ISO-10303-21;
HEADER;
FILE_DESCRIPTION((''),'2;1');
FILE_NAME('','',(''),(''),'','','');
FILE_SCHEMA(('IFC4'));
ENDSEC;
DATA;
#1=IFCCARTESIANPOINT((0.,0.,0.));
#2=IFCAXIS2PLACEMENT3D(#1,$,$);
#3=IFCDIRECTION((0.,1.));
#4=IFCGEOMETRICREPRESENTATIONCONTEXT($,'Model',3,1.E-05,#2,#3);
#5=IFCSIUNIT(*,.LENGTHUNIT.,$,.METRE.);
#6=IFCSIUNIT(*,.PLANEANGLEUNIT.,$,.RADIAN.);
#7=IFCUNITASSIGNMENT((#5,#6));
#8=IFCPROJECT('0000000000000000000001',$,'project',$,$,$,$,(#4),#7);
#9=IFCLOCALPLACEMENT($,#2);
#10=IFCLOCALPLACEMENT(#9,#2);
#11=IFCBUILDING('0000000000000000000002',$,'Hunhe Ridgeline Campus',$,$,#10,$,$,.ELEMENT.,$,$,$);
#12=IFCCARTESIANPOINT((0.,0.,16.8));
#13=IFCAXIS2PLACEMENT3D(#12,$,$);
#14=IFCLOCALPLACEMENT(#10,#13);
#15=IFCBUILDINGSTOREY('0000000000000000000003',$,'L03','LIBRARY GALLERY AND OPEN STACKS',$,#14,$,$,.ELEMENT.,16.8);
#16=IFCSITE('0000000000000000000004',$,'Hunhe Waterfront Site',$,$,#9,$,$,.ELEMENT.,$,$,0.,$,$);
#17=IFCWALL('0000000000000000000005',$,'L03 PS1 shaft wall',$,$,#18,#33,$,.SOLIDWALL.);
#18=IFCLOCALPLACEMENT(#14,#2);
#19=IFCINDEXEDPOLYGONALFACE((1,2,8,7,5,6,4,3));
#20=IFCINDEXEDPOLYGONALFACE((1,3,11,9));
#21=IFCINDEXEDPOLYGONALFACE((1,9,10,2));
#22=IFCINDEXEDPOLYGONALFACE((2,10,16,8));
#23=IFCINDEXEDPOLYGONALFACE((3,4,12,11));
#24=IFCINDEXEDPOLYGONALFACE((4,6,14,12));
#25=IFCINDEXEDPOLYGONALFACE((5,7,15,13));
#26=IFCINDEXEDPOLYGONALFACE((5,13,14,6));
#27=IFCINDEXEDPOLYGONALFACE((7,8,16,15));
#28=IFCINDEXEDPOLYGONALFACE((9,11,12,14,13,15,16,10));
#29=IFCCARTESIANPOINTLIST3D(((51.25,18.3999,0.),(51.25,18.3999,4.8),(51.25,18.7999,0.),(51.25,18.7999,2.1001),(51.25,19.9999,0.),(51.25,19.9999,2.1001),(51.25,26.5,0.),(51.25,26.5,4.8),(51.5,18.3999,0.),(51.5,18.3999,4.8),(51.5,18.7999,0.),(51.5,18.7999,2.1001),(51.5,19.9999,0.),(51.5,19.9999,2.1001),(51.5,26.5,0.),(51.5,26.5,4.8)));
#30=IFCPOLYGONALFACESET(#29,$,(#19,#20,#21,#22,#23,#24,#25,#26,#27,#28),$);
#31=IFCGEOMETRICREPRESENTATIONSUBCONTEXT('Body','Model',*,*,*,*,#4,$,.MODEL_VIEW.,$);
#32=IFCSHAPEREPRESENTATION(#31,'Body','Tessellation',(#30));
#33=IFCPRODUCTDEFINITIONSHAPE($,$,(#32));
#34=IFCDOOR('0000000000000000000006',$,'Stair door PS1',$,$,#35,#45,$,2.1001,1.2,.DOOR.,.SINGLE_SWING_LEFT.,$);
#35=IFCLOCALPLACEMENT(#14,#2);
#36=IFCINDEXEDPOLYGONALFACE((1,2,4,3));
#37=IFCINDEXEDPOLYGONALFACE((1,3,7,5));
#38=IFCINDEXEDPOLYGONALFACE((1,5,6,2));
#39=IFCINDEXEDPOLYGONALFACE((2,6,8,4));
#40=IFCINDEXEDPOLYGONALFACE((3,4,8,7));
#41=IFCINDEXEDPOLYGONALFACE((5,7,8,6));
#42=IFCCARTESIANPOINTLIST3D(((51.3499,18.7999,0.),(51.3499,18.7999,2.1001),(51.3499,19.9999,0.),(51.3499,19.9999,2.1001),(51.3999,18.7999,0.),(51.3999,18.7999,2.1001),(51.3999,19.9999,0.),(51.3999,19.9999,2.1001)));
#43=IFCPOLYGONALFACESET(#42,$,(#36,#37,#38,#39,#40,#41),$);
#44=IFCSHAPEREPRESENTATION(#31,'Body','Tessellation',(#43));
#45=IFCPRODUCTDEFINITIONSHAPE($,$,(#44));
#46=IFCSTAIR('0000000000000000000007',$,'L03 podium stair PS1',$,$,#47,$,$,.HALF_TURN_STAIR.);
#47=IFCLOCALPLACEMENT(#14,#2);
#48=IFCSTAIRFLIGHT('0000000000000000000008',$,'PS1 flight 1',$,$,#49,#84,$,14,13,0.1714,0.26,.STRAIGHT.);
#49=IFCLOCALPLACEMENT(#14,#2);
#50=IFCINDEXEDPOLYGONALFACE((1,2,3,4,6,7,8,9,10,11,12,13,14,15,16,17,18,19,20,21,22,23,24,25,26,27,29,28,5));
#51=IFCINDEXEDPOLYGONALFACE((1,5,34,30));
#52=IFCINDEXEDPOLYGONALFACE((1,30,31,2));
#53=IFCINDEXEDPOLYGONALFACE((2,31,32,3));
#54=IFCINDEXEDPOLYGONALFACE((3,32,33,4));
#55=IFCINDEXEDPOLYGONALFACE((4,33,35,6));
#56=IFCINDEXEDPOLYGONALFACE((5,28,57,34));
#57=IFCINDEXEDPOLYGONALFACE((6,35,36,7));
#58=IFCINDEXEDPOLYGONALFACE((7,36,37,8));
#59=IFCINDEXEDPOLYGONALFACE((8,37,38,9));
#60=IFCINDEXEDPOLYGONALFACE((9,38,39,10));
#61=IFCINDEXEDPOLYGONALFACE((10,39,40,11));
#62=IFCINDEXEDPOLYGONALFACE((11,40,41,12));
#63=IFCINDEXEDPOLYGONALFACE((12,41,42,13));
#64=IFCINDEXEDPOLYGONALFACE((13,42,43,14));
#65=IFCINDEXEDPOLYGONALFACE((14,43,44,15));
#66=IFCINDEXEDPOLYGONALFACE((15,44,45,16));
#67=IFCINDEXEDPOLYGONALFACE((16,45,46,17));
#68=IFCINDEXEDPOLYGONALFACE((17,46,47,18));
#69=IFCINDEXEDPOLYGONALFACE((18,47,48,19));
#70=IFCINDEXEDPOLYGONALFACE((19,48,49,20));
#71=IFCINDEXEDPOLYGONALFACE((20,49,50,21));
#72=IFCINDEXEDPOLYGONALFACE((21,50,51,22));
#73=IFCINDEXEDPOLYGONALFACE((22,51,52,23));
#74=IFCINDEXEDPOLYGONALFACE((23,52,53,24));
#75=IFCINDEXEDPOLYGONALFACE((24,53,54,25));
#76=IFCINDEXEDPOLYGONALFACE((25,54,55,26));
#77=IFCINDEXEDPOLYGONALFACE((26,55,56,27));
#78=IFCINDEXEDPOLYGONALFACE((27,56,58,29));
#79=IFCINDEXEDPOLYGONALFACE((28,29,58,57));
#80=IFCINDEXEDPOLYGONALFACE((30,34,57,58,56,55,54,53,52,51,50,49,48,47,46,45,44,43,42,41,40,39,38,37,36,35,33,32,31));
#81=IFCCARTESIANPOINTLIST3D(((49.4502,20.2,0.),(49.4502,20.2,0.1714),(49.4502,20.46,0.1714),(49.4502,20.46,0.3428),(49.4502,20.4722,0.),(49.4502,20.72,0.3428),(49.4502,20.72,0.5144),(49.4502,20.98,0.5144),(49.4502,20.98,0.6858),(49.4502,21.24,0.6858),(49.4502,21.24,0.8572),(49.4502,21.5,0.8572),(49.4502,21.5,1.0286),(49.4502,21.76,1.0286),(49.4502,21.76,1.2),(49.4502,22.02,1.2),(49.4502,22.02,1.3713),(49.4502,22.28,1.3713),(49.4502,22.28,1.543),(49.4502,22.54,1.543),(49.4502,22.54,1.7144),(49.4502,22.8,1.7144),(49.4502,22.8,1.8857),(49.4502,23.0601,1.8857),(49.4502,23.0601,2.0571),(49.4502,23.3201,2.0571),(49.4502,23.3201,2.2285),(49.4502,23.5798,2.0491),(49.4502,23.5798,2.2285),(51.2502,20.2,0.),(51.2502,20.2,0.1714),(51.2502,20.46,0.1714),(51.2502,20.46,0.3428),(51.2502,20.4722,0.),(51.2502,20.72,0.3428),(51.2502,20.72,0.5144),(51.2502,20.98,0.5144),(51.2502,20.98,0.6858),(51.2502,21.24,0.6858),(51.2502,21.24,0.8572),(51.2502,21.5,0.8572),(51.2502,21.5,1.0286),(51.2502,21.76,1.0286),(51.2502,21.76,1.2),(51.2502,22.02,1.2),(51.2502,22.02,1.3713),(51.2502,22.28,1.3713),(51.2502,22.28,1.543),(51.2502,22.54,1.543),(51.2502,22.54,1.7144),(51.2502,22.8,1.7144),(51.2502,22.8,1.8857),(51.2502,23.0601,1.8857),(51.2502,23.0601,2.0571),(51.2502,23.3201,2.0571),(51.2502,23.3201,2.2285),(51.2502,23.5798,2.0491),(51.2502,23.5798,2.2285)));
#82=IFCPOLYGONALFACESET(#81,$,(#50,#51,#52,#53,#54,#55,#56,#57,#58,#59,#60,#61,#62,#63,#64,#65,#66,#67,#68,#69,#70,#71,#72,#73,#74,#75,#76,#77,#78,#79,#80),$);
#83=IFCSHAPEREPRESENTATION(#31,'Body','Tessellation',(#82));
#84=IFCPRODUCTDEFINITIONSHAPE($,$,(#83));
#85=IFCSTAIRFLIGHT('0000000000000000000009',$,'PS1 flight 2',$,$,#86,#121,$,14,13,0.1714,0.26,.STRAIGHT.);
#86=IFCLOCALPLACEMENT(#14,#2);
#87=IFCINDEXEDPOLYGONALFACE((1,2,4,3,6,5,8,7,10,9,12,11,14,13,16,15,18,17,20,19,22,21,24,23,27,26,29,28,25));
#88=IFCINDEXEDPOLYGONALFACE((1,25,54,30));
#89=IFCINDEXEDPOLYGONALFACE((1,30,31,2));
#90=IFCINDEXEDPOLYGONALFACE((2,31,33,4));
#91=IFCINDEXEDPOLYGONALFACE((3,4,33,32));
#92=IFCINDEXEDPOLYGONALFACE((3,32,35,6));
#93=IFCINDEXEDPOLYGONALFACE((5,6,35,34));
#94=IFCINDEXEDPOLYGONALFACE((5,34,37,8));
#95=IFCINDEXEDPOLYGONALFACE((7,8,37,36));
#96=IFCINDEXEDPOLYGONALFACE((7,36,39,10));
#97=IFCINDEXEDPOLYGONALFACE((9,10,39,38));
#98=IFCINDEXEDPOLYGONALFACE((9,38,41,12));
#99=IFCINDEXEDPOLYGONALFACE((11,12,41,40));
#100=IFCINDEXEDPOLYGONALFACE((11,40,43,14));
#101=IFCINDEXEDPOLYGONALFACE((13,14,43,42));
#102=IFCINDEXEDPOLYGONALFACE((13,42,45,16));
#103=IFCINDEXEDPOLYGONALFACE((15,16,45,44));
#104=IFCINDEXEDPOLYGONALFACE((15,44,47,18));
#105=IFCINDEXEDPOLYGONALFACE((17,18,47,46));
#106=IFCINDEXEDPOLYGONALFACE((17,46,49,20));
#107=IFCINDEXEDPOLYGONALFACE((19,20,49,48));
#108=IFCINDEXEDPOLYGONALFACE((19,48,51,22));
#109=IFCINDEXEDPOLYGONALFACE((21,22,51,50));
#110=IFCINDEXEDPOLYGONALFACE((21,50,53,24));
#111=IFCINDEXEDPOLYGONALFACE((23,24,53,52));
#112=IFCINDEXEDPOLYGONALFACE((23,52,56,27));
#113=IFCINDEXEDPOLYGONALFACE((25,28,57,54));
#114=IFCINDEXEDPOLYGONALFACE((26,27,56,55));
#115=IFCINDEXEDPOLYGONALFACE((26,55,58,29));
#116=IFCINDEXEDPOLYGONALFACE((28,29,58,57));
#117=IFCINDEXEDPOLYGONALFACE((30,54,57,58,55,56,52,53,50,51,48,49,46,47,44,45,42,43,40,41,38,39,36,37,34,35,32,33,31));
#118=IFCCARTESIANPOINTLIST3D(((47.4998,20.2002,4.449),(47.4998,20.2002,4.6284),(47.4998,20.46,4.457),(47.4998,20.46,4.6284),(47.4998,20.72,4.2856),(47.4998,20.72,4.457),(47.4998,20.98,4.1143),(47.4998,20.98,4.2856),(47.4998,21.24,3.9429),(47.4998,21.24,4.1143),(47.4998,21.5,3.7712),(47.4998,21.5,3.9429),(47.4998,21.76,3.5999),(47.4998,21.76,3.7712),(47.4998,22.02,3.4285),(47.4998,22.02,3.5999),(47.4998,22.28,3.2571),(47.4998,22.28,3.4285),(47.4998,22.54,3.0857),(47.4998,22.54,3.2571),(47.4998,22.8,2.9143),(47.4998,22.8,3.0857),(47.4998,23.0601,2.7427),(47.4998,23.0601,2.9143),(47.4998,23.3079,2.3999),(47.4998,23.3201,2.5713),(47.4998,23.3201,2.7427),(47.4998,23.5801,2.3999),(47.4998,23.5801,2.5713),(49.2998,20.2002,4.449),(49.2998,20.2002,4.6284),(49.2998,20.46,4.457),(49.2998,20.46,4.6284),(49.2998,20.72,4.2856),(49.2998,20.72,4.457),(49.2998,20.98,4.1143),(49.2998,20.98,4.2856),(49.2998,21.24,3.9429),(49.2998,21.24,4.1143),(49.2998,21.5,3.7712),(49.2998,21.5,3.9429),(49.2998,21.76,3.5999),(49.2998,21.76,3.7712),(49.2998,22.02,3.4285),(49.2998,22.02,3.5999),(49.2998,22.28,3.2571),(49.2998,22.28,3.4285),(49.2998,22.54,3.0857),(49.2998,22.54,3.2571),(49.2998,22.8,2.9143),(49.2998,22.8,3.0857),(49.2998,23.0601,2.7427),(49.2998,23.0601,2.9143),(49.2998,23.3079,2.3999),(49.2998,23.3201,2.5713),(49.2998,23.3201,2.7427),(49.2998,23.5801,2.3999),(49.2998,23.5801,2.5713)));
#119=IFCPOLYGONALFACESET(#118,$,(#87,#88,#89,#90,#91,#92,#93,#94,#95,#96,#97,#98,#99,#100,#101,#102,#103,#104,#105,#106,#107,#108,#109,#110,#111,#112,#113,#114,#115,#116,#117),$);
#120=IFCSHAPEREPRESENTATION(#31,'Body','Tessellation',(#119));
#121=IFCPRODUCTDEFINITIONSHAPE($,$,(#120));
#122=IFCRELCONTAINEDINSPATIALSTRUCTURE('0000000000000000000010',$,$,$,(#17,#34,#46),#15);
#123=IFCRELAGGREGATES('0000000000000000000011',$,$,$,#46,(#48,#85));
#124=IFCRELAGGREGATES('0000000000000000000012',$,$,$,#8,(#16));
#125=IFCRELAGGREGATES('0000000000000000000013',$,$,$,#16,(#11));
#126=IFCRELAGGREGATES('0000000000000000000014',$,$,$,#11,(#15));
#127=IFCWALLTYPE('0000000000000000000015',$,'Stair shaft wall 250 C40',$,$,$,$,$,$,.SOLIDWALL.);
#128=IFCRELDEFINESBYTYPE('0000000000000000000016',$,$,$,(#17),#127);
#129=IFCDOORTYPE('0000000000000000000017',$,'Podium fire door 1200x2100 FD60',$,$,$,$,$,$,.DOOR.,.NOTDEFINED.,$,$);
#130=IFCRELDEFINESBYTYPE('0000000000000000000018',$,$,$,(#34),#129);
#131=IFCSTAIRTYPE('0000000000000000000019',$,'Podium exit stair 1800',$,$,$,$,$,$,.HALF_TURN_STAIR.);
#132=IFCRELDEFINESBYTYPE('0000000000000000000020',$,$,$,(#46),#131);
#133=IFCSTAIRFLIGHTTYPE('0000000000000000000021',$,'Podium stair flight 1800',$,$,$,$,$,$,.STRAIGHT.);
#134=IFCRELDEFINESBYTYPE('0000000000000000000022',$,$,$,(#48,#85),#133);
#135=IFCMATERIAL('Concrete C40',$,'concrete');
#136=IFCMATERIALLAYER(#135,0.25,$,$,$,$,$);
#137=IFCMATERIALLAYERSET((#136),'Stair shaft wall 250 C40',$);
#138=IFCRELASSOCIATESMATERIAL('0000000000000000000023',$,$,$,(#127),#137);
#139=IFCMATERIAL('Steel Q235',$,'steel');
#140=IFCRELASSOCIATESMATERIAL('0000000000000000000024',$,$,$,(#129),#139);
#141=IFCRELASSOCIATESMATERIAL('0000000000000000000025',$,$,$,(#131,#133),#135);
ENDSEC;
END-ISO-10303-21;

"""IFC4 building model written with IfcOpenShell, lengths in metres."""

from ifc_helpers import new_model, si_unit, direction, frame, frame_2d, origin, place, context, subcontext, project, spatial, polyline, rectangle, outline, extrude, material, layer, layer_set, type_object, element, fill, aggregate, save


model = new_model("IFC4")

# Units and contexts
model_context = context("Model", 3, precision=1e-05, world=origin(), true_north=direction((0.0, 1.0)))
body_context = subcontext(model_context, "Body", "Model", "MODEL_VIEW")
ifc_project = project(units=[si_unit("LENGTHUNIT", "METRE"), si_unit("PLANEANGLEUNIT", "RADIAN")], contexts=[model_context])

# Site, building, storey
site_placement = place(None, origin())
site = spatial("IfcSite", under=ifc_project, at=site_placement, Name="Hunhe Waterfront Site", CompositionType="ELEMENT", RefElevation=0.0)
building_placement = place(site_placement, origin())
building = spatial("IfcBuilding", under=site, at=building_placement, Name="Hunhe Ridgeline Campus", CompositionType="ELEMENT")
storey_placement = place(building_placement, frame((0.0, 0.0, 16.8)))
storey = spatial("IfcBuildingStorey", under=building, at=storey_placement, Name="L03", Description="LIBRARY GALLERY AND OPEN STACKS", CompositionType="ELEMENT", Elevation=16.8)

# Shared definitions
ifc_material_1 = material(Name="Concrete C40", Category="concrete")
ifc_layer_1 = layer(ifc_material_1, 0.25)
ifc_layer_set_1 = layer_set([ifc_layer_1], Name="Stair shaft wall 250 C40")
wall_type_1 = type_object("IfcWallType", Name="Stair shaft wall 250 C40", PredefinedType="SOLIDWALL", material=ifc_layer_set_1)

# Wall, opening, door
wall_1_placement = place(storey_placement, frame((51.375, 26.5, 0.0), z_axis=(0.0, 0.0, 1.0), x_axis=(0.0, -1.0, 0.0)))
wall_1 = element("IfcWall", 1, at=wall_1_placement, inside=storey, type_object=wall_type_1, Name="L03 PS1 shaft wall", PredefinedType="SOLIDWALL", context=body_context, shape_type="SweptSolid", body=[
    extrude(rectangle(XDim=8.1001, YDim=0.25, at=frame_2d((4.05, 0.0))), origin(), (0.0, 0.0, 1.0), 4.8),
])
opening_1_placement = place(wall_1_placement, frame((6.5, 0.0, 0.0)))
opening_1 = element("IfcOpeningElement", 2, at=opening_1_placement, cuts=wall_1, PredefinedType="OPENING", context=body_context, shape_type="SweptSolid", body=[
    extrude(rectangle(XDim=1.2, YDim=2.1001, at=frame_2d((0.6001, 1.05))), frame((0.0, 0.125, 0.0), z_axis=(0.0, -1.0, 0.0), x_axis=(1.0, 0.0, 0.0)), (0.0, 0.0, 1.0), 0.25),
])
ifc_material_2 = material(Name="Steel Q235", Category="steel")
door_type_1 = type_object("IfcDoorType", Name="Podium fire door 1200x2100 FD60", OperationType="NOTDEFINED", PredefinedType="DOOR", material=ifc_material_2)
door_1_placement = place(opening_1_placement, origin())
door_1 = element("IfcDoor", 3, at=door_1_placement, inside=storey, type_object=door_type_1, Name="Stair door PS1", OperationType="SINGLE_SWING_LEFT", OverallHeight=2.1001, OverallWidth=1.2, PredefinedType="DOOR", context=body_context, shape_type="SweptSolid", body=[
    extrude(rectangle(XDim=1.2, YDim=2.1001, at=frame_2d((0.6001, 1.05))), frame((0.0, 0.0249, 0.0), z_axis=(0.0, -1.0, 0.0), x_axis=(1.0, 0.0, 0.0)), (0.0, 0.0, 1.0), 0.05),
])
fill(opening_1, door_1)

# Stair, stair flights
stair_type = type_object("IfcStairType", Name="Podium exit stair 1800", PredefinedType="HALF_TURN_STAIR", material=ifc_material_1)
stair_placement = place(storey_placement, origin())
stair = element("IfcStair", 4, at=stair_placement, inside=storey, type_object=stair_type, Name="L03 podium stair PS1", PredefinedType="HALF_TURN_STAIR")
stair_flight_type = type_object("IfcStairFlightType", Name="Podium stair flight 1800", PredefinedType="STRAIGHT", material=ifc_material_1)
stair_flight_1_placement = place(storey_placement, frame((50.3501, 20.2, 0.0), z_axis=(0.0, 0.0, 1.0), x_axis=(0.0, 1.0, 0.0)))
stair_flight_1 = element("IfcStairFlight", 5, at=stair_flight_1_placement, type_object=stair_flight_type, Name="PS1 flight 1", NumberOfRisers=14, NumberOfTreads=13, PredefinedType="STRAIGHT", RiserHeight=0.1714, TreadLength=0.26, context=body_context, shape_type="SweptSolid", body=[
    extrude(outline(polyline([(0.0, 0.0), (0.0, 0.1714), (0.26, 0.1714), (0.26, 0.3428), (0.52, 0.3428), (0.52, 0.5144), (0.78, 0.5144), (0.78, 0.6858), (1.04, 0.6858), (1.04, 0.8572), (1.3, 0.8572), (1.3, 1.0286), (1.5601, 1.0286), (1.5601, 1.2), (1.8201, 1.2), (1.8201, 1.3713), (2.0801, 1.3713), (2.0801, 1.543), (2.3401, 1.543), (2.3401, 1.7144), (2.6001, 1.7144), (2.6001, 1.8857), (2.8601, 1.8857), (2.8601, 2.0571), (3.1201, 2.0571), (3.1201, 2.2285), (3.3799, 2.2285), (3.3799, 2.3999), (3.3799, 2.0491), (0.2722, 0.0), (0.0, 0.0)])), frame((0.0, 0.8999, 0.0), z_axis=(0.0, -1.0, 0.0), x_axis=(1.0, 0.0, 0.0)), (0.0, 0.0, 1.0), 1.8),
])
stair_flight_2_placement = place(storey_placement, frame((48.3999, 23.5801, 2.3999), z_axis=(0.0, 0.0, 1.0), x_axis=(0.0, -1.0, 0.0)))
stair_flight_2 = element("IfcStairFlight", 6, at=stair_flight_2_placement, type_object=stair_flight_type, Name="PS1 flight 2", NumberOfRisers=14, NumberOfTreads=13, PredefinedType="STRAIGHT", RiserHeight=0.1714, TreadLength=0.26, context=body_context, shape_type="SweptSolid", body=[
    extrude(outline(polyline([(0.0, 0.0), (0.0, 0.1714), (0.26, 0.1714), (0.26, 0.3428), (0.52, 0.3428), (0.52, 0.5144), (0.78, 0.5144), (0.78, 0.6858), (1.04, 0.6858), (1.04, 0.8572), (1.3, 0.8572), (1.3, 1.0286), (1.5601, 1.0286), (1.5601, 1.2), (1.8201, 1.2), (1.8201, 1.3713), (2.0801, 1.3713), (2.0801, 1.543), (2.3401, 1.543), (2.3401, 1.7144), (2.6001, 1.7144), (2.6001, 1.8857), (2.8601, 1.8857), (2.8601, 2.0571), (3.1201, 2.0571), (3.1201, 2.2285), (3.3799, 2.2285), (3.3799, 2.3999), (3.3799, 2.0491), (0.2722, 0.0), (0.0, 0.0)])), frame((0.0, 0.8999, 0.0), z_axis=(0.0, -1.0, 0.0), x_axis=(1.0, 0.0, 0.0)), (0.0, 0.0, 1.0), 1.8),
])
aggregate(stair, [stair_flight_1, stair_flight_2])

save(model, "model.ifc")
